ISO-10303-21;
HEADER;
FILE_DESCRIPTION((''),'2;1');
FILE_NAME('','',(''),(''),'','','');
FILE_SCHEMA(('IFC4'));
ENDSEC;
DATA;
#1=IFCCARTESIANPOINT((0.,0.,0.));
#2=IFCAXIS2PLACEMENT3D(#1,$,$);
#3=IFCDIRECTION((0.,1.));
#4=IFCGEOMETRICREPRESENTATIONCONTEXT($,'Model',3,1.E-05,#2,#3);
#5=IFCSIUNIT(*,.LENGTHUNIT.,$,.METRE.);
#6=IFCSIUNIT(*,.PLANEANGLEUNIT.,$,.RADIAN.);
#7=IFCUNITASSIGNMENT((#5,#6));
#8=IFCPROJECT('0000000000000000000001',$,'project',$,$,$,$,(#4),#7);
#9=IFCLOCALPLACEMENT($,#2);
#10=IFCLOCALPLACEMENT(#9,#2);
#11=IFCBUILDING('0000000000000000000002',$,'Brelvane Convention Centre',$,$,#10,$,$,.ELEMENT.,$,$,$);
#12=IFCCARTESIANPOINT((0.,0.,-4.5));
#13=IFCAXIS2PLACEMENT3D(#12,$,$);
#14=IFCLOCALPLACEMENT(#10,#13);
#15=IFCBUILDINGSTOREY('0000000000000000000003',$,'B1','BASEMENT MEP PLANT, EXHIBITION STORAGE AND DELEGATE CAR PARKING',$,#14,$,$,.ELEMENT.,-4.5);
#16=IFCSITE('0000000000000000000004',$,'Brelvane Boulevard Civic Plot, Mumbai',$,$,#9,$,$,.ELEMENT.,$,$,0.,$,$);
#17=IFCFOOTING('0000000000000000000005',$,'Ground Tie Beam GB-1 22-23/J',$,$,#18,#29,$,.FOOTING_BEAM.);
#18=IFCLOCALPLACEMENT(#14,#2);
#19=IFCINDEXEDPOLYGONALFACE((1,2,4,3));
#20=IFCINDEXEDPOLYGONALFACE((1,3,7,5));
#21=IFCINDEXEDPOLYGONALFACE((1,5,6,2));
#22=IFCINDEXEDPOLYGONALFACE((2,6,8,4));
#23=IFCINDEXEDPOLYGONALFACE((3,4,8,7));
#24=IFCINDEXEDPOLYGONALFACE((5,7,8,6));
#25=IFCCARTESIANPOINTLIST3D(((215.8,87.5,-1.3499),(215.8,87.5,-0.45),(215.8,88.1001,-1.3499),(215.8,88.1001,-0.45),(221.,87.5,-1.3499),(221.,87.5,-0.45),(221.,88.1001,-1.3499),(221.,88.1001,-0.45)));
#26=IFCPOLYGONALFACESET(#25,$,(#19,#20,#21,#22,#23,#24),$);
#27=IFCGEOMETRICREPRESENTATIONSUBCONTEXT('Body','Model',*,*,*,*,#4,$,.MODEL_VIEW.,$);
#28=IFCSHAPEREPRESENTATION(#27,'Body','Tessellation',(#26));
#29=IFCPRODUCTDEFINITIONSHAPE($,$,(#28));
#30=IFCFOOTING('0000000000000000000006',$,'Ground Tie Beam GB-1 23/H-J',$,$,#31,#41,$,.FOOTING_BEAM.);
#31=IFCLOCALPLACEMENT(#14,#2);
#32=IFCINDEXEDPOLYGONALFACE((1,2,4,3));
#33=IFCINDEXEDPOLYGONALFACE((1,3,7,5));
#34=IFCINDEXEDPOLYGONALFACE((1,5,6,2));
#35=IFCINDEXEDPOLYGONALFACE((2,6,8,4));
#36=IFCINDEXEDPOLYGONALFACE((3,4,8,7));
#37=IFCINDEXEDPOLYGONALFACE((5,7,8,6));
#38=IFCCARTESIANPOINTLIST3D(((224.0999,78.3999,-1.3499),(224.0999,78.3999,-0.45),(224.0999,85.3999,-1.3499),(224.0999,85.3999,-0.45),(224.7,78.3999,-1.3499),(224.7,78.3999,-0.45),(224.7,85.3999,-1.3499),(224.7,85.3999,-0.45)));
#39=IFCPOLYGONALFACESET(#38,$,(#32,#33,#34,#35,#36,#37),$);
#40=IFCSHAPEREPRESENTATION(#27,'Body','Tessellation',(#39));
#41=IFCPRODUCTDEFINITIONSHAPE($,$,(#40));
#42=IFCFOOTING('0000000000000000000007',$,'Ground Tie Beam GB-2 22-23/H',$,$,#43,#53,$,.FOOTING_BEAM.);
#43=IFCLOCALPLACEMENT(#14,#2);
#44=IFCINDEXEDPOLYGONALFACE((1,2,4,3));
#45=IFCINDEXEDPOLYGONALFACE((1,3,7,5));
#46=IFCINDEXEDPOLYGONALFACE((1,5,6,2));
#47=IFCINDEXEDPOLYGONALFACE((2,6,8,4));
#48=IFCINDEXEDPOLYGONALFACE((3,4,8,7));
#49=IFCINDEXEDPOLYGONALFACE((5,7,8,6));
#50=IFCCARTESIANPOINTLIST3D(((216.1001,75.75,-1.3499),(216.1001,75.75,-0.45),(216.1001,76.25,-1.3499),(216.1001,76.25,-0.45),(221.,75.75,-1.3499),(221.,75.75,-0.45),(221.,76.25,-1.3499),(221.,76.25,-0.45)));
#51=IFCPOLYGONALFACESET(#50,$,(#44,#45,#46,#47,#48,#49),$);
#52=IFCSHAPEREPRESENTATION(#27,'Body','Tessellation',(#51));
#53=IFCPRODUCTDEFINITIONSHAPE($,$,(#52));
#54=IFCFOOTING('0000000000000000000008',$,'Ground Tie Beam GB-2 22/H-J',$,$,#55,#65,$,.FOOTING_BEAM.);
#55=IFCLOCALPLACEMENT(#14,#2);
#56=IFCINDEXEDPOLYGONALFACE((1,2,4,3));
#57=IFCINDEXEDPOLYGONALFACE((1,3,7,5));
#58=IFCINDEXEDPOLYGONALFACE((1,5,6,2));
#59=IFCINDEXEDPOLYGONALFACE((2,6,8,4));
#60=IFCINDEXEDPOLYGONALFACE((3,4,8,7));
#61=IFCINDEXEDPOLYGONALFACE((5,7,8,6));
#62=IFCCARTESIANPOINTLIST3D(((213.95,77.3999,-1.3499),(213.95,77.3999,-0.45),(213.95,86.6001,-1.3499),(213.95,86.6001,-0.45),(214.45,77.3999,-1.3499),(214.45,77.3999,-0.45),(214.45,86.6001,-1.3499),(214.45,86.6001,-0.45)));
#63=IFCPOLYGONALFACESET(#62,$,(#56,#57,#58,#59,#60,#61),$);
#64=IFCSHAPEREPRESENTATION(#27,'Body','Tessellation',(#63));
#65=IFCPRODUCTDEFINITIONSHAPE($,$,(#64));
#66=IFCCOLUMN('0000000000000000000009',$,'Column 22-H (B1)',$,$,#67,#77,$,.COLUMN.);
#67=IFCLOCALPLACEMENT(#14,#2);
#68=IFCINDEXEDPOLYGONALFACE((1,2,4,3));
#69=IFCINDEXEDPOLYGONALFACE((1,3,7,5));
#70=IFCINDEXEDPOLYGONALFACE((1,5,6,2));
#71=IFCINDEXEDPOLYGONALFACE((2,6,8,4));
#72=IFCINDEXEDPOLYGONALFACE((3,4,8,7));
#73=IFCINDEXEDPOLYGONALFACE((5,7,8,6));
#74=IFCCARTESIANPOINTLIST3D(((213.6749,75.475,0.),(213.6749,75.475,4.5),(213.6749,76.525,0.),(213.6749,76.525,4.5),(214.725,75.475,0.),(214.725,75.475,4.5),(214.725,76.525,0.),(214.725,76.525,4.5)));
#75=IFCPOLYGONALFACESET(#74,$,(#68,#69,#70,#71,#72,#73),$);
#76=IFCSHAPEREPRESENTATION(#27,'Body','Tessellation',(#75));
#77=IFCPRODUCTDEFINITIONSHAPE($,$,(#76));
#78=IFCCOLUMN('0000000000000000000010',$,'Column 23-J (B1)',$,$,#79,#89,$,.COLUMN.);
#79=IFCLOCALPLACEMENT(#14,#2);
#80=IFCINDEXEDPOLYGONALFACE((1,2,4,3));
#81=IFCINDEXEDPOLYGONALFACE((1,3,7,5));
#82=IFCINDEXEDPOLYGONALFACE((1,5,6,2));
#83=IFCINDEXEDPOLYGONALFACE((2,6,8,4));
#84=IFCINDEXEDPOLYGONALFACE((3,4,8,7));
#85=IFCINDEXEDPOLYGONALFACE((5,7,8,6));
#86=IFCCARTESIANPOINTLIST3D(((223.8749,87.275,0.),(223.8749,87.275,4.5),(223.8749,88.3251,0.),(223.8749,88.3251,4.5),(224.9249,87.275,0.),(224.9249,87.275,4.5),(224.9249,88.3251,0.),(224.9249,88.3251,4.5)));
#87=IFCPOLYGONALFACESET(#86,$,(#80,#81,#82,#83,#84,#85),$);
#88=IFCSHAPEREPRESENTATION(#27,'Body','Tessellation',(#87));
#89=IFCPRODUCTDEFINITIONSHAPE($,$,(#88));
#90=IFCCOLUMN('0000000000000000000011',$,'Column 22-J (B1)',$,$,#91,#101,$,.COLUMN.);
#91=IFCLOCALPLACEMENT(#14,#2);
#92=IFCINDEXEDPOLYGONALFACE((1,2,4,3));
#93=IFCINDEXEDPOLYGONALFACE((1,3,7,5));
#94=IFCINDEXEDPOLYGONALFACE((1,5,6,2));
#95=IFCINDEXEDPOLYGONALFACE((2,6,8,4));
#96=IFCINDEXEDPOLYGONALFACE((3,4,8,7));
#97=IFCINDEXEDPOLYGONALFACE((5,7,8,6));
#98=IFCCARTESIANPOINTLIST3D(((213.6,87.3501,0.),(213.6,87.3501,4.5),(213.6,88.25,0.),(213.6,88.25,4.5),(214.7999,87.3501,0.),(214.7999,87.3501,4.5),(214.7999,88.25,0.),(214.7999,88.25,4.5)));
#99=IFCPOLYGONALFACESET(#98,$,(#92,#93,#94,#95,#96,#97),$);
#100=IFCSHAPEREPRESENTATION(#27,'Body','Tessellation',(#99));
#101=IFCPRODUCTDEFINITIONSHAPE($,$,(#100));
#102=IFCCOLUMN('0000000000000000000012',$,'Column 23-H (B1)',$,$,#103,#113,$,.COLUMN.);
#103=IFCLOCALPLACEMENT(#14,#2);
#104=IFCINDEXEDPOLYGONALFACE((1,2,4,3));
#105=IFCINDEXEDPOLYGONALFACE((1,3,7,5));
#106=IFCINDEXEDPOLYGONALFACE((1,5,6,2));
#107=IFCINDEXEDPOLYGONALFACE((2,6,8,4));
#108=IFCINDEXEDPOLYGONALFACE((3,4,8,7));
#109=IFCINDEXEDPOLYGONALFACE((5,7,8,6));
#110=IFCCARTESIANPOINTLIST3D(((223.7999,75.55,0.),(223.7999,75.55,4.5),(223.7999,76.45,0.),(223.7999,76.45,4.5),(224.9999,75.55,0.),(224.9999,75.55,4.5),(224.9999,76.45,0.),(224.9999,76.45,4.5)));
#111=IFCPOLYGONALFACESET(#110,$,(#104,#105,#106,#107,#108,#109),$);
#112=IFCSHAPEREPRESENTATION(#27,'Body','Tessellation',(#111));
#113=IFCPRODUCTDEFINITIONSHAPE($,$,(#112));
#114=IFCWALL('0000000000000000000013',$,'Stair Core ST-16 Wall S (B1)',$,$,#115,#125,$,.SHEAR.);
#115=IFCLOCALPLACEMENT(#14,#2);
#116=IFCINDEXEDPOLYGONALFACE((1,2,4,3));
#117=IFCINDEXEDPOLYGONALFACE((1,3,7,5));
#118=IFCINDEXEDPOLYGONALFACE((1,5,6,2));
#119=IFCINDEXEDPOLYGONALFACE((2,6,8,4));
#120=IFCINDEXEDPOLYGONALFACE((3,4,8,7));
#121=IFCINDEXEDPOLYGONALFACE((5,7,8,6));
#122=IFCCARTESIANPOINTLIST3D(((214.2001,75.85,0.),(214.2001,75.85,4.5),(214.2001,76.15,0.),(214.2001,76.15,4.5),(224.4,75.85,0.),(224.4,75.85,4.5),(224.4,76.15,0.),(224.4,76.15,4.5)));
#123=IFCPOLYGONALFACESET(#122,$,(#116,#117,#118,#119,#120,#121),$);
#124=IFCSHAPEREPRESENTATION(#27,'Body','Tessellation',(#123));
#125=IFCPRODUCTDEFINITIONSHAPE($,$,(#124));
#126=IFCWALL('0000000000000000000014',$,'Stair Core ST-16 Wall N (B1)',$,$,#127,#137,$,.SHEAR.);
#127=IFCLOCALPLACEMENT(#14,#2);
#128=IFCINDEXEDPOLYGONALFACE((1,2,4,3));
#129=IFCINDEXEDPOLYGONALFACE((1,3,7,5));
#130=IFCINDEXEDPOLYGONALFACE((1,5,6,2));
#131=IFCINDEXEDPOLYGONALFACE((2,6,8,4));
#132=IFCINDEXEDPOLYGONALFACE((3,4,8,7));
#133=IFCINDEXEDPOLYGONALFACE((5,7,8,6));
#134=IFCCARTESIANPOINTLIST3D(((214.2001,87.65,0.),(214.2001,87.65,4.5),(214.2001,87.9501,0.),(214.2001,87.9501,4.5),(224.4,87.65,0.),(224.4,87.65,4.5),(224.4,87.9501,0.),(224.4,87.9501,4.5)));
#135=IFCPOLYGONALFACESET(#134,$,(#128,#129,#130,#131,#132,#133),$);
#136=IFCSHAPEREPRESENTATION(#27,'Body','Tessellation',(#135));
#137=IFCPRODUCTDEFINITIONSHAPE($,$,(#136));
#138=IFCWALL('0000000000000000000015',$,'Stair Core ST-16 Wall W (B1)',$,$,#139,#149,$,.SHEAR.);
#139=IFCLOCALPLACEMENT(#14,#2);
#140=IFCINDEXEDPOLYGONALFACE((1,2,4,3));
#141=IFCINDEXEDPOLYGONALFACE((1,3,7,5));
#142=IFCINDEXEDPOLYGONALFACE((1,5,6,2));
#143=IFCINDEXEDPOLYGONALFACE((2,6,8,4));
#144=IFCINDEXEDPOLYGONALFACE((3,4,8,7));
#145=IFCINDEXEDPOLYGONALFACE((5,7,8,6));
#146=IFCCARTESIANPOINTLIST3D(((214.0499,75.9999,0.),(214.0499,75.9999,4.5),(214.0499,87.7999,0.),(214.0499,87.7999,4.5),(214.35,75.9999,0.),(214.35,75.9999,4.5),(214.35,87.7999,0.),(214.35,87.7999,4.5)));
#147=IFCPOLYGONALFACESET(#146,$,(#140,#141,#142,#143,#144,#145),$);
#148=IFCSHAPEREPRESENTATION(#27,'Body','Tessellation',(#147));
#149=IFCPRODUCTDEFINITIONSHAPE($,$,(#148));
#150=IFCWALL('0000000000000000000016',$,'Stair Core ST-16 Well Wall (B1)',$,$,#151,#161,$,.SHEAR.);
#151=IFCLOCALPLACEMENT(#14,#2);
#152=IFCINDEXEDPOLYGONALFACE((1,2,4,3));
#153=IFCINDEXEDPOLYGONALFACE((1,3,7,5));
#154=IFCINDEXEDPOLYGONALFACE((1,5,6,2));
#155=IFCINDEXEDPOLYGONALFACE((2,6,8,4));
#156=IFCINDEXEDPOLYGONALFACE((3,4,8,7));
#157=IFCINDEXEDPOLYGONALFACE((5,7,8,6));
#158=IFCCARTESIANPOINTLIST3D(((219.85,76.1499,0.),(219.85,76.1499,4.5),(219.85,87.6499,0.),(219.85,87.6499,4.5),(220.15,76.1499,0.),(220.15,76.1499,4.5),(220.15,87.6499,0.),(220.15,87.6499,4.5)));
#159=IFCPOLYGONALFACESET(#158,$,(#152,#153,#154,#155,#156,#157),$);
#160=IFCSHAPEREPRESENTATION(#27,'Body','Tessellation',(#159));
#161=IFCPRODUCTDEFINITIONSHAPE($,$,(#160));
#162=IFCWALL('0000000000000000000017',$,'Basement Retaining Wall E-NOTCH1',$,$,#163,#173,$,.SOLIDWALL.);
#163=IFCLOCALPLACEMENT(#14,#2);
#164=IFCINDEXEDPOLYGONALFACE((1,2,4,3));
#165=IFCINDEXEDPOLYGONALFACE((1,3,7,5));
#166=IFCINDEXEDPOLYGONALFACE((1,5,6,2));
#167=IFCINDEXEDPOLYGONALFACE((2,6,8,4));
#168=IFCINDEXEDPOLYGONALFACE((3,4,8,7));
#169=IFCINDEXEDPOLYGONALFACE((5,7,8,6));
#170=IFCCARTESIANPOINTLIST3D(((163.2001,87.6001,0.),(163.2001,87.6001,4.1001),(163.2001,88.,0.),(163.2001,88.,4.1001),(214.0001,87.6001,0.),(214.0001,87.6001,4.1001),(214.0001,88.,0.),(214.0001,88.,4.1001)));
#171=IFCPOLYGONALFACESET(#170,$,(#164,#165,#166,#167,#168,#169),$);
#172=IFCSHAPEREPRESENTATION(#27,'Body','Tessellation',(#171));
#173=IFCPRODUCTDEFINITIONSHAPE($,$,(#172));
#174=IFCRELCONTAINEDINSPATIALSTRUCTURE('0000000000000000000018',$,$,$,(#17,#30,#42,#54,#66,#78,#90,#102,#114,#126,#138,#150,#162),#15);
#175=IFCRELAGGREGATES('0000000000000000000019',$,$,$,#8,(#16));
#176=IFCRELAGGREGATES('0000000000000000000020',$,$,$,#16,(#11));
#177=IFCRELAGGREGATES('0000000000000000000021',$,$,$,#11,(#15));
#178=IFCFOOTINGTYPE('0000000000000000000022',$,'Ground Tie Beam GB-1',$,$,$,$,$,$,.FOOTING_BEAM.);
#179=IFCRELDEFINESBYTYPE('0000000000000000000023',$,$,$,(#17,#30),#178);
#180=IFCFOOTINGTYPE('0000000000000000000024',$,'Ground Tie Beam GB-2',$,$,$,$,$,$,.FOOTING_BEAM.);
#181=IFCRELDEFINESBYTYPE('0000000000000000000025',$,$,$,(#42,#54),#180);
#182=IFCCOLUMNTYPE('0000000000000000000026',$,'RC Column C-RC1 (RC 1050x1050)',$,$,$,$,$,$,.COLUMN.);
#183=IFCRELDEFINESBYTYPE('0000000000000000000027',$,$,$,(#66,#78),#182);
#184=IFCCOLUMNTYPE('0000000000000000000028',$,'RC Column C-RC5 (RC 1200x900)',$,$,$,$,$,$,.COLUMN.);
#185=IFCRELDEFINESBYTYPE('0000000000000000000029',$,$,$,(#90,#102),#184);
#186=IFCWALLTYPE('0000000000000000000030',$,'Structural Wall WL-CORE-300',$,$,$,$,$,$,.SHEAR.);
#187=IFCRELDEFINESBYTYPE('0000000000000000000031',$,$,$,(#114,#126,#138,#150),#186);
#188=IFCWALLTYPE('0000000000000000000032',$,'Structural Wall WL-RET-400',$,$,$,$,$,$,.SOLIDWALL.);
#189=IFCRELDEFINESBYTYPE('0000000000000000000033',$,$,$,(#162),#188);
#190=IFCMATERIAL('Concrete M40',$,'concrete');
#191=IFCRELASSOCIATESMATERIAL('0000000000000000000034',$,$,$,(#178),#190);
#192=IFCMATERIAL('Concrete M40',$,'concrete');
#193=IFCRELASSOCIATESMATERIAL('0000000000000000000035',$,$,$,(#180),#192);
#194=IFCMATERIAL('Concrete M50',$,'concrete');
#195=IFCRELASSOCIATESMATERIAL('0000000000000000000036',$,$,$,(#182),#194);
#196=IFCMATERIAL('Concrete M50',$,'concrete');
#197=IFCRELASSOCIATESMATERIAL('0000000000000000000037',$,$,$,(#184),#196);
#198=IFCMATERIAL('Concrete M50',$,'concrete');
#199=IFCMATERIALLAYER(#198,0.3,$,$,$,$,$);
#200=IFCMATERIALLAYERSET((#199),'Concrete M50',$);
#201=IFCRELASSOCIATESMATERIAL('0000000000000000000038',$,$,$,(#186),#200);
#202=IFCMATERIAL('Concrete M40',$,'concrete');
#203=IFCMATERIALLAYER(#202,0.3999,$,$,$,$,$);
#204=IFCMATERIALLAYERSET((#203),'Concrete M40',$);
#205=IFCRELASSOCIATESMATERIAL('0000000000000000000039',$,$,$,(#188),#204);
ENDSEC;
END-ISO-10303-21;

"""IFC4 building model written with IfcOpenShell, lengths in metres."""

from ifc_helpers import new_model, si_unit, direction, frame, frame_2d, origin, origin_2d, place, context, subcontext, project, spatial, rectangle, extrude, material, layer, layer_set, material_profile, profile_set, type_object, element, save


model = new_model("IFC4")

# Units and contexts
model_context = context("Model", 3, precision=1e-05, world=origin(), true_north=direction((0.0, 1.0)))
body_context = subcontext(model_context, "Body", "Model", "MODEL_VIEW")
ifc_project = project(units=[si_unit("LENGTHUNIT", "METRE"), si_unit("PLANEANGLEUNIT", "RADIAN")], contexts=[model_context])

# Site, building, storey
site_placement = place(None, origin())
site = spatial("IfcSite", under=ifc_project, at=site_placement, Name="Brelvane Boulevard Civic Plot, Mumbai", CompositionType="ELEMENT", RefElevation=0.0)
building_placement = place(site_placement, origin())
building = spatial("IfcBuilding", under=site, at=building_placement, Name="Brelvane Convention Centre", CompositionType="ELEMENT")
storey_placement = place(building_placement, frame((0.0, 0.0, -4.5)))
storey = spatial("IfcBuildingStorey", under=building, at=storey_placement, Name="B1", Description="BASEMENT MEP PLANT, EXHIBITION STORAGE AND DELEGATE CAR PARKING", CompositionType="ELEMENT", Elevation=-4.5)

# Footings
ifc_material_1 = material(Name="Concrete M40", Category="concrete")
ifc_material_profile_1 = material_profile(ifc_material_1, rectangle(XDim=0.6001, YDim=0.8999, at=origin_2d()), Name="RC 600x900")
ifc_profile_set_1 = profile_set([ifc_material_profile_1], Name="Concrete M40")
footing_type_1 = type_object("IfcFootingType", Name="Ground Tie Beam GB-1", PredefinedType="FOOTING_BEAM", material=ifc_profile_set_1)
footing_1_placement = place(storey_placement, frame((215.8, 87.8, -0.8999), z_axis=(1.0, 0.0, 0.0), x_axis=(0.0, 1.0, 0.0)))
element("IfcFooting", 1, at=footing_1_placement, inside=storey, type_object=footing_type_1, Name="Ground Tie Beam GB-1 22-23/J", PredefinedType="FOOTING_BEAM", context=body_context, shape_type="SweptSolid", body=[
    extrude(rectangle(XDim=0.6001, YDim=0.8999, at=origin_2d()), origin(), (0.0, 0.0, 1.0), 5.2),
])
footing_2_placement = place(storey_placement, frame((224.3999, 78.3999, -0.8999), z_axis=(0.0, 1.0, 0.0), x_axis=(-1.0, 0.0, 0.0)))
element("IfcFooting", 2, at=footing_2_placement, inside=storey, type_object=footing_type_1, Name="Ground Tie Beam GB-1 23/H-J", PredefinedType="FOOTING_BEAM", context=body_context, shape_type="SweptSolid", body=[
    extrude(rectangle(XDim=0.6001, YDim=0.8999, at=origin_2d()), origin(), (0.0, 0.0, 1.0), 7.0),
])
ifc_material_2 = material(Name="Concrete M40", Category="concrete")
ifc_material_profile_2 = material_profile(ifc_material_2, rectangle(XDim=0.5, YDim=0.8999, at=origin_2d()), Name="RC 500x900")
ifc_profile_set_2 = profile_set([ifc_material_profile_2], Name="Concrete M40")
footing_type_2 = type_object("IfcFootingType", Name="Ground Tie Beam GB-2", PredefinedType="FOOTING_BEAM", material=ifc_profile_set_2)
footing_3_placement = place(storey_placement, frame((216.1001, 76.0, -0.8999), z_axis=(1.0, 0.0, 0.0), x_axis=(0.0, 1.0, 0.0)))
element("IfcFooting", 3, at=footing_3_placement, inside=storey, type_object=footing_type_2, Name="Ground Tie Beam GB-2 22-23/H", PredefinedType="FOOTING_BEAM", context=body_context, shape_type="SweptSolid", body=[
    extrude(rectangle(XDim=0.5, YDim=0.8999, at=origin_2d()), origin(), (0.0, 0.0, 1.0), 4.8999),
])
footing_4_placement = place(storey_placement, frame((214.2, 77.3999, -0.8999), z_axis=(0.0, 1.0, 0.0), x_axis=(-1.0, 0.0, 0.0)))
element("IfcFooting", 4, at=footing_4_placement, inside=storey, type_object=footing_type_2, Name="Ground Tie Beam GB-2 22/H-J", PredefinedType="FOOTING_BEAM", context=body_context, shape_type="SweptSolid", body=[
    extrude(rectangle(XDim=0.5, YDim=0.8999, at=origin_2d()), origin(), (0.0, 0.0, 1.0), 9.2002),
])

# Columns
ifc_material_3 = material(Name="Concrete M50", Category="concrete")
ifc_material_profile_3 = material_profile(ifc_material_3, rectangle(XDim=1.05, YDim=1.05, at=origin_2d()), Name="RC 1050x1050")
ifc_profile_set_3 = profile_set([ifc_material_profile_3], Name="Concrete M50")
column_type_1 = type_object("IfcColumnType", Name="RC Column C-RC1 (RC 1050x1050)", PredefinedType="COLUMN", material=ifc_profile_set_3)
for number, where, z_axis, x_axis, name in (
    (5, (214.2, 76.0, 0.0), (0.0, 0.0, 1.0), (1.0, 0.0, 0.0), "Column 22-H (B1)"),
    (6, (224.3999, 87.8, 0.0), (0.0, 0.0, 1.0), (1.0, 0.0, 0.0), "Column 23-J (B1)"),
):
    element("IfcColumn", number, at=place(storey_placement, frame(where, z_axis=z_axis, x_axis=x_axis)), inside=storey, type_object=column_type_1, Name=name, PredefinedType="COLUMN", context=body_context, shape_type="SweptSolid", body=[
        extrude(rectangle(XDim=1.05, YDim=1.05, at=origin_2d()), origin(), (0.0, 0.0, 1.0), 4.5),
    ])
ifc_material_4 = material(Name="Concrete M50", Category="concrete")
ifc_material_profile_4 = material_profile(ifc_material_4, rectangle(XDim=1.2, YDim=0.8999, at=origin_2d()), Name="RC 1200x900")
ifc_profile_set_4 = profile_set([ifc_material_profile_4], Name="Concrete M50")
column_type_2 = type_object("IfcColumnType", Name="RC Column C-RC5 (RC 1200x900)", PredefinedType="COLUMN", material=ifc_profile_set_4)
for number, where, z_axis, x_axis, name in (
    (7, (214.2, 87.8, 0.0), (0.0, 0.0, 1.0), (1.0, 0.0, 0.0), "Column 22-J (B1)"),
    (8, (224.3999, 76.0, 0.0), (0.0, 0.0, 1.0), (1.0, 0.0, 0.0), "Column 23-H (B1)"),
):
    element("IfcColumn", number, at=place(storey_placement, frame(where, z_axis=z_axis, x_axis=x_axis)), inside=storey, type_object=column_type_2, Name=name, PredefinedType="COLUMN", context=body_context, shape_type="SweptSolid", body=[
        extrude(rectangle(XDim=1.2, YDim=0.8999, at=origin_2d()), origin(), (0.0, 0.0, 1.0), 4.5),
    ])

# Walls
ifc_material_5 = material(Name="Concrete M50", Category="concrete")
ifc_layer_1 = layer(ifc_material_5, 0.3)
ifc_layer_set_1 = layer_set([ifc_layer_1], Name="Concrete M50")
wall_type_1 = type_object("IfcWallType", Name="Structural Wall WL-CORE-300", PredefinedType="SHEAR", material=ifc_layer_set_1)
for number, where, z_axis, x_axis, name in (
    (9, (214.2, 76.0, 0.0), (0.0, 0.0, 1.0), (1.0, 0.0, 0.0), "Stair Core ST-16 Wall S (B1)"),
    (10, (214.2, 87.8, 0.0), (0.0, 0.0, 1.0), (1.0, 0.0, 0.0), "Stair Core ST-16 Wall N (B1)"),
):
    element("IfcWall", number, at=place(storey_placement, frame(where, z_axis=z_axis, x_axis=x_axis)), inside=storey, type_object=wall_type_1, Name=name, PredefinedType="SHEAR", context=body_context, shape_type="SweptSolid", body=[
        extrude(rectangle(XDim=10.2, YDim=0.3, at=frame_2d((5.1001, 0.0))), origin(), (0.0, 0.0, 1.0), 4.5),
    ])
wall_1_placement = place(storey_placement, frame((214.2, 76.0, 0.0), z_axis=(0.0, 0.0, 1.0), x_axis=(0.0, 1.0, 0.0)))
element("IfcWall", 11, at=wall_1_placement, inside=storey, type_object=wall_type_1, Name="Stair Core ST-16 Wall W (B1)", PredefinedType="SHEAR", context=body_context, shape_type="SweptSolid", body=[
    extrude(rectangle(XDim=11.8, YDim=0.3, at=frame_2d((5.8999, 0.0))), origin(), (0.0, 0.0, 1.0), 4.5),
])
wall_2_placement = place(storey_placement, frame((220.0, 76.1499, 0.0), z_axis=(0.0, 0.0, 1.0), x_axis=(0.0, 1.0, 0.0)))
element("IfcWall", 12, at=wall_2_placement, inside=storey, type_object=wall_type_1, Name="Stair Core ST-16 Well Wall (B1)", PredefinedType="SHEAR", context=body_context, shape_type="SweptSolid", body=[
    extrude(rectangle(XDim=11.5, YDim=0.3, at=frame_2d((5.75, 0.0))), origin(), (0.0, 0.0, 1.0), 4.5),
])
ifc_material_6 = material(Name="Concrete M40", Category="concrete")
ifc_layer_2 = layer(ifc_material_6, 0.3999)
ifc_layer_set_2 = layer_set([ifc_layer_2], Name="Concrete M40")
wall_type_2 = type_object("IfcWallType", Name="Structural Wall WL-RET-400", PredefinedType="SOLIDWALL", material=ifc_layer_set_2)
wall_3_placement = place(storey_placement, frame((214.0, 87.8, 0.0), z_axis=(0.0, 0.0, 1.0), x_axis=(-1.0, 0.0, 0.0)))
element("IfcWall", 13, at=wall_3_placement, inside=storey, type_object=wall_type_2, Name="Basement Retaining Wall E-NOTCH1", PredefinedType="SOLIDWALL", context=body_context, shape_type="SweptSolid", body=[
    extrude(rectangle(XDim=50.8, YDim=0.3999, at=frame_2d((25.3999, 0.0))), origin(), (0.0, 0.0, 1.0), 4.1001),
])

save(model, "model.ifc")
